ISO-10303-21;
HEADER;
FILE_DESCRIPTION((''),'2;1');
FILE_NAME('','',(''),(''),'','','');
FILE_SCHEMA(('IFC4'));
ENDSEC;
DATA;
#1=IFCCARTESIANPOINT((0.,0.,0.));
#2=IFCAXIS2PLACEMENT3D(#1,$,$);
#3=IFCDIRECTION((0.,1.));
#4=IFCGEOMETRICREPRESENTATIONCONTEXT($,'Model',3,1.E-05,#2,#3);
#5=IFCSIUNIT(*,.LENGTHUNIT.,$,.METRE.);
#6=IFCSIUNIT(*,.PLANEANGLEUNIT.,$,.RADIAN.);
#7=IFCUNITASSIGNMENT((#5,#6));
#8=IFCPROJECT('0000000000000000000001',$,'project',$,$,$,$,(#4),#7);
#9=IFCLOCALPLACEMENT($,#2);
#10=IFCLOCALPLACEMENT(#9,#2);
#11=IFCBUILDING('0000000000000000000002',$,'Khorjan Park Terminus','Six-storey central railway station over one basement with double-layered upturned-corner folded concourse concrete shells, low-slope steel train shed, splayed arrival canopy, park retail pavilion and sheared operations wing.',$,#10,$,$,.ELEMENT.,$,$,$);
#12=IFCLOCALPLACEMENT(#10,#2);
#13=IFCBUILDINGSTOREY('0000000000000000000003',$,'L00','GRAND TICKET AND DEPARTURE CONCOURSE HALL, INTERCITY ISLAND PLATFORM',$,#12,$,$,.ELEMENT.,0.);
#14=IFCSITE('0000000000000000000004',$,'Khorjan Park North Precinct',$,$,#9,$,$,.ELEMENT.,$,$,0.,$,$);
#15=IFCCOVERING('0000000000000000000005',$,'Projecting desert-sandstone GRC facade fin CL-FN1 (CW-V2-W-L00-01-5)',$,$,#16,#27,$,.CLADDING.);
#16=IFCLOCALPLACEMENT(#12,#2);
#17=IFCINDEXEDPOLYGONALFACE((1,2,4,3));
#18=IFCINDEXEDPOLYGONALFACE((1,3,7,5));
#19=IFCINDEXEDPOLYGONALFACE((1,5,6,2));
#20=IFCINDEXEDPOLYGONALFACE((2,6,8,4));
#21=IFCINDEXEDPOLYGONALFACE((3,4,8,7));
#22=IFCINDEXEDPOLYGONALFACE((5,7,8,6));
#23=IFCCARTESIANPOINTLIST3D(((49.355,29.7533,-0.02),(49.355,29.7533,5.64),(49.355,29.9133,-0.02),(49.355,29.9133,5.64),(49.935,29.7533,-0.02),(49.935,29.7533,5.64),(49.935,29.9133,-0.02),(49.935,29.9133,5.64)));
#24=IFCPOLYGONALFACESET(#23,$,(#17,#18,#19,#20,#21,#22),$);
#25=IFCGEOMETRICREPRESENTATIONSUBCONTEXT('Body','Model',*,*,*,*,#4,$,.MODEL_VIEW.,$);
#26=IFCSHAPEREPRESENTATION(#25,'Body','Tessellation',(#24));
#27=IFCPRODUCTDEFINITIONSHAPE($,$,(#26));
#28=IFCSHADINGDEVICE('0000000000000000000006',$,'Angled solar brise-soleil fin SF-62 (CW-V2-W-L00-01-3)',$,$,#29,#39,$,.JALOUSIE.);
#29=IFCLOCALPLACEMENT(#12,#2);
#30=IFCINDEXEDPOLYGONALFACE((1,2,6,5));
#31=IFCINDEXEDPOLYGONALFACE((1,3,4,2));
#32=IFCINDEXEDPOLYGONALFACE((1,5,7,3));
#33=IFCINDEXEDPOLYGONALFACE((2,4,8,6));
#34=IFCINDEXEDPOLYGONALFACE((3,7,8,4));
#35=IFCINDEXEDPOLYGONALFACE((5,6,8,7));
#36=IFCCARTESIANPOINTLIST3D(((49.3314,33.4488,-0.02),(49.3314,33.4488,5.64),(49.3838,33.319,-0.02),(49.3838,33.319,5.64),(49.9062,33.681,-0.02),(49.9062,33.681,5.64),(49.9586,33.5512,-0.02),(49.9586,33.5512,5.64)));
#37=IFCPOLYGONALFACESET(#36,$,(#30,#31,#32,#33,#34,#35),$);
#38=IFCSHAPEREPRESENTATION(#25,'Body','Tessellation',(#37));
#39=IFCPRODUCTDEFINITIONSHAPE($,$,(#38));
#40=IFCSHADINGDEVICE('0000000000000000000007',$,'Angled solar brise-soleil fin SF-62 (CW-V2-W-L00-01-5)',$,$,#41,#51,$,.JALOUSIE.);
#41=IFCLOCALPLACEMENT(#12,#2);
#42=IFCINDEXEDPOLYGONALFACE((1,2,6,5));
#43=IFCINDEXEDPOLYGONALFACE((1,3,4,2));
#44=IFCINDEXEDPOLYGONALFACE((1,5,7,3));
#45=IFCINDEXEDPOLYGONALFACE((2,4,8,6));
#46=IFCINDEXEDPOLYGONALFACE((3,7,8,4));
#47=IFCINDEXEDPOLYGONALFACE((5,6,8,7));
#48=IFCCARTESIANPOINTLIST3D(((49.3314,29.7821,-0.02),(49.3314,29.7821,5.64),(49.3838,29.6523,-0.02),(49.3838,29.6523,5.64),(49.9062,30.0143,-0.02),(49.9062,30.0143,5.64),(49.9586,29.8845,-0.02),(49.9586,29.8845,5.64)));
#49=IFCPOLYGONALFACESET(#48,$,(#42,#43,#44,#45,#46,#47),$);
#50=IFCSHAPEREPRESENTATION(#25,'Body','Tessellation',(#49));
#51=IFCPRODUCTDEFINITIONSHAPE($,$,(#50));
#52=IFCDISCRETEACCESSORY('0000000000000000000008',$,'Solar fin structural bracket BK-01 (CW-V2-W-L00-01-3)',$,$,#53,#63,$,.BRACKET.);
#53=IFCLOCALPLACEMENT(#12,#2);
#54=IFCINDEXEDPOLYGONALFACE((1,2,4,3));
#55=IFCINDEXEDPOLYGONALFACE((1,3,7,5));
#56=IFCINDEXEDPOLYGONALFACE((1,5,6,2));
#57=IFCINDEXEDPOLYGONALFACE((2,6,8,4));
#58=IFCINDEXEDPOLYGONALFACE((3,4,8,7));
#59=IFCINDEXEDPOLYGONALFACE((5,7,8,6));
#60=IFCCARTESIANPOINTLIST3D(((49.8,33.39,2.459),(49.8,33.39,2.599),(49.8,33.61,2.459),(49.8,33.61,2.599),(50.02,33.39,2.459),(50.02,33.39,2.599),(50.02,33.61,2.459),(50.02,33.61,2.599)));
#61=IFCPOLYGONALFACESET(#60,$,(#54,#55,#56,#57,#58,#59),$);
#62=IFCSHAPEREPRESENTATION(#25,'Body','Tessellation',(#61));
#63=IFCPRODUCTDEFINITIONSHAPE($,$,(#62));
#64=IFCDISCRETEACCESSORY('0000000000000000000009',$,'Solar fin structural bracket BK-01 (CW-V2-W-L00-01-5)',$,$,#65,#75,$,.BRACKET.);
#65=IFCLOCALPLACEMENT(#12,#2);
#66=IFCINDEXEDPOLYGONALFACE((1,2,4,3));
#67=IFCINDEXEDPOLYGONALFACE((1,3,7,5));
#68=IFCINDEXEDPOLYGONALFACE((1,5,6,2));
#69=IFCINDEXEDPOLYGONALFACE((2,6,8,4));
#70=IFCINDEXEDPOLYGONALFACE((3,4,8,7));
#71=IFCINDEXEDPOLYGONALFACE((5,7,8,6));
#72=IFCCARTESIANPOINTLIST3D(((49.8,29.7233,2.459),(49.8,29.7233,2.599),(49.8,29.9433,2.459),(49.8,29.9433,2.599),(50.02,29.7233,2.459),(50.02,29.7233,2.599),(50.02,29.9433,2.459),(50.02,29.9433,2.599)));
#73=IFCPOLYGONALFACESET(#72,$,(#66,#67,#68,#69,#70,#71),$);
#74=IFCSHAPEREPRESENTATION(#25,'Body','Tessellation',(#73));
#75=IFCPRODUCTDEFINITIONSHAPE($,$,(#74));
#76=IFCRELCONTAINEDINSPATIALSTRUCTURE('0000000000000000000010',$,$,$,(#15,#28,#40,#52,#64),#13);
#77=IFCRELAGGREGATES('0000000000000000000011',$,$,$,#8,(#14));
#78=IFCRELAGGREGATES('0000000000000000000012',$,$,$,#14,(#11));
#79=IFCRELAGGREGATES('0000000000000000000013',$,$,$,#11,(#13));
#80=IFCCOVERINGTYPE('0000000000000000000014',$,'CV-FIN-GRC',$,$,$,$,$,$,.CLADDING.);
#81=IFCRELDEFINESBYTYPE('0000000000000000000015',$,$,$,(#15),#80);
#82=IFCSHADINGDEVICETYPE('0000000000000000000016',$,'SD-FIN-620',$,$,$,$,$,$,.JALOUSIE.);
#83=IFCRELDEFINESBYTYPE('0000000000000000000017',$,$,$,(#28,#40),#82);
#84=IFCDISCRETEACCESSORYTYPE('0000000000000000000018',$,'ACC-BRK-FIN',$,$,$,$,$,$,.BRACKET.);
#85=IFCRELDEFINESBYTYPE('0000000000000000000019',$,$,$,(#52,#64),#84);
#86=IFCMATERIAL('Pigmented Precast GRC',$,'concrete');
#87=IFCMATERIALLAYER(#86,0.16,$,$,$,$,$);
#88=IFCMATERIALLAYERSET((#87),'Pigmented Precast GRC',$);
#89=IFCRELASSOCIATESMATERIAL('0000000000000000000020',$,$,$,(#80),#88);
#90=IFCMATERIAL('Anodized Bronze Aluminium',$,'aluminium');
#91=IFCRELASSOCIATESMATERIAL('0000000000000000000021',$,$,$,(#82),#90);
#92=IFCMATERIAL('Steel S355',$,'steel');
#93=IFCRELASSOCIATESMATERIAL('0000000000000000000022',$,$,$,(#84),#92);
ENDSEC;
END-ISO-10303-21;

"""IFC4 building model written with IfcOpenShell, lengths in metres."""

from ifc_helpers import new_model, si_unit, direction, frame, origin, origin_2d, place, context, subcontext, project, spatial, rectangle, extrude, material, layer, layer_set, type_object, element, save


model = new_model("IFC4")

# Units and contexts
model_context = context("Model", 3, precision=1e-05, world=origin(), true_north=direction((0.0, 1.0)))
body_context = subcontext(model_context, "Body", "Model", "MODEL_VIEW")
ifc_project = project(units=[si_unit("LENGTHUNIT", "METRE"), si_unit("PLANEANGLEUNIT", "RADIAN")], contexts=[model_context])

# Site, building, storey
site_placement = place(None, origin())
site = spatial("IfcSite", under=ifc_project, at=site_placement, Name="Khorjan Park North Precinct", CompositionType="ELEMENT", RefElevation=0.0)
building_placement = place(site_placement, origin())
building = spatial("IfcBuilding", under=site, at=building_placement, Name="Khorjan Park Terminus", Description="Six-storey central railway station over one basement with double-layered upturned-corner folded concourse concrete shells, low-slope steel train shed, splayed arrival canopy, park retail pavilion and sheared operations wing.", CompositionType="ELEMENT")
storey_placement = place(building_placement, origin())
storey = spatial("IfcBuildingStorey", under=building, at=storey_placement, Name="L00", Description="GRAND TICKET AND DEPARTURE CONCOURSE HALL, INTERCITY ISLAND PLATFORM", CompositionType="ELEMENT", Elevation=0.0)

# Shared definitions
ifc_material_1 = material(Name="Anodized Bronze Aluminium", Category="aluminium")

# Covering
ifc_material_2 = material(Name="Pigmented Precast GRC", Category="concrete")
ifc_layer_1 = layer(ifc_material_2, 0.16)
ifc_layer_set_1 = layer_set([ifc_layer_1], Name="Pigmented Precast GRC")
covering_type = type_object("IfcCoveringType", Name="CV-FIN-GRC", PredefinedType="CLADDING", material=ifc_layer_set_1)
covering_placement = place(storey_placement, frame((49.645, 29.8333, -0.02), z_axis=(0.0, 0.0, 1.0), x_axis=(1.0, 0.0, 0.0)))
element("IfcCovering", 1, at=covering_placement, inside=storey, type_object=covering_type, Name="Projecting desert-sandstone GRC facade fin CL-FN1 (CW-V2-W-L00-01-5)", PredefinedType="CLADDING", context=body_context, shape_type="SweptSolid", body=[
    extrude(rectangle(XDim=0.58, YDim=0.16, at=origin_2d()), origin(), (0.0, 0.0, 1.0), 5.66),
])

# Shading devices
shading_device_type = type_object("IfcShadingDeviceType", Name="SD-FIN-620", PredefinedType="JALOUSIE", material=ifc_material_1)
for number, where, z_axis, x_axis, name in (
    (2, (49.645, 33.5, -0.02), (0.0, 0.0, 1.0), (0.927184, 0.374607, 0.0), "Angled solar brise-soleil fin SF-62 (CW-V2-W-L00-01-3)"),
    (3, (49.645, 29.8333, -0.02), (0.0, 0.0, 1.0), (0.927184, 0.374607, 0.0), "Angled solar brise-soleil fin SF-62 (CW-V2-W-L00-01-5)"),
):
    element("IfcShadingDevice", number, at=place(storey_placement, frame(where, z_axis=z_axis, x_axis=x_axis)), inside=storey, type_object=shading_device_type, Name=name, PredefinedType="JALOUSIE", context=body_context, shape_type="SweptSolid", body=[
        extrude(rectangle(XDim=0.62, YDim=0.14, at=origin_2d()), origin(), (0.0, 0.0, 1.0), 5.66),
    ])

# Discrete accessories
ifc_material_3 = material(Name="Steel S355", Category="steel")
discrete_accessory_type = type_object("IfcDiscreteAccessoryType", Name="ACC-BRK-FIN", PredefinedType="BRACKET", material=ifc_material_3)
for number, where, z_axis, x_axis, name in (
    (4, (49.91, 33.5, 2.459), (0.0, 0.0, 1.0), (0.0, -1.0, 0.0), "Solar fin structural bracket BK-01 (CW-V2-W-L00-01-3)"),
    (5, (49.91, 29.8333, 2.459), (0.0, 0.0, 1.0), (0.0, -1.0, 0.0), "Solar fin structural bracket BK-01 (CW-V2-W-L00-01-5)"),
):
    element("IfcDiscreteAccessory", number, at=place(storey_placement, frame(where, z_axis=z_axis, x_axis=x_axis)), inside=storey, type_object=discrete_accessory_type, Name=name, PredefinedType="BRACKET", context=body_context, shape_type="SweptSolid", body=[
        extrude(rectangle(XDim=0.22, YDim=0.22, at=origin_2d()), origin(), (0.0, 0.0, 1.0), 0.14),
    ])

save(model, "model.ifc")
